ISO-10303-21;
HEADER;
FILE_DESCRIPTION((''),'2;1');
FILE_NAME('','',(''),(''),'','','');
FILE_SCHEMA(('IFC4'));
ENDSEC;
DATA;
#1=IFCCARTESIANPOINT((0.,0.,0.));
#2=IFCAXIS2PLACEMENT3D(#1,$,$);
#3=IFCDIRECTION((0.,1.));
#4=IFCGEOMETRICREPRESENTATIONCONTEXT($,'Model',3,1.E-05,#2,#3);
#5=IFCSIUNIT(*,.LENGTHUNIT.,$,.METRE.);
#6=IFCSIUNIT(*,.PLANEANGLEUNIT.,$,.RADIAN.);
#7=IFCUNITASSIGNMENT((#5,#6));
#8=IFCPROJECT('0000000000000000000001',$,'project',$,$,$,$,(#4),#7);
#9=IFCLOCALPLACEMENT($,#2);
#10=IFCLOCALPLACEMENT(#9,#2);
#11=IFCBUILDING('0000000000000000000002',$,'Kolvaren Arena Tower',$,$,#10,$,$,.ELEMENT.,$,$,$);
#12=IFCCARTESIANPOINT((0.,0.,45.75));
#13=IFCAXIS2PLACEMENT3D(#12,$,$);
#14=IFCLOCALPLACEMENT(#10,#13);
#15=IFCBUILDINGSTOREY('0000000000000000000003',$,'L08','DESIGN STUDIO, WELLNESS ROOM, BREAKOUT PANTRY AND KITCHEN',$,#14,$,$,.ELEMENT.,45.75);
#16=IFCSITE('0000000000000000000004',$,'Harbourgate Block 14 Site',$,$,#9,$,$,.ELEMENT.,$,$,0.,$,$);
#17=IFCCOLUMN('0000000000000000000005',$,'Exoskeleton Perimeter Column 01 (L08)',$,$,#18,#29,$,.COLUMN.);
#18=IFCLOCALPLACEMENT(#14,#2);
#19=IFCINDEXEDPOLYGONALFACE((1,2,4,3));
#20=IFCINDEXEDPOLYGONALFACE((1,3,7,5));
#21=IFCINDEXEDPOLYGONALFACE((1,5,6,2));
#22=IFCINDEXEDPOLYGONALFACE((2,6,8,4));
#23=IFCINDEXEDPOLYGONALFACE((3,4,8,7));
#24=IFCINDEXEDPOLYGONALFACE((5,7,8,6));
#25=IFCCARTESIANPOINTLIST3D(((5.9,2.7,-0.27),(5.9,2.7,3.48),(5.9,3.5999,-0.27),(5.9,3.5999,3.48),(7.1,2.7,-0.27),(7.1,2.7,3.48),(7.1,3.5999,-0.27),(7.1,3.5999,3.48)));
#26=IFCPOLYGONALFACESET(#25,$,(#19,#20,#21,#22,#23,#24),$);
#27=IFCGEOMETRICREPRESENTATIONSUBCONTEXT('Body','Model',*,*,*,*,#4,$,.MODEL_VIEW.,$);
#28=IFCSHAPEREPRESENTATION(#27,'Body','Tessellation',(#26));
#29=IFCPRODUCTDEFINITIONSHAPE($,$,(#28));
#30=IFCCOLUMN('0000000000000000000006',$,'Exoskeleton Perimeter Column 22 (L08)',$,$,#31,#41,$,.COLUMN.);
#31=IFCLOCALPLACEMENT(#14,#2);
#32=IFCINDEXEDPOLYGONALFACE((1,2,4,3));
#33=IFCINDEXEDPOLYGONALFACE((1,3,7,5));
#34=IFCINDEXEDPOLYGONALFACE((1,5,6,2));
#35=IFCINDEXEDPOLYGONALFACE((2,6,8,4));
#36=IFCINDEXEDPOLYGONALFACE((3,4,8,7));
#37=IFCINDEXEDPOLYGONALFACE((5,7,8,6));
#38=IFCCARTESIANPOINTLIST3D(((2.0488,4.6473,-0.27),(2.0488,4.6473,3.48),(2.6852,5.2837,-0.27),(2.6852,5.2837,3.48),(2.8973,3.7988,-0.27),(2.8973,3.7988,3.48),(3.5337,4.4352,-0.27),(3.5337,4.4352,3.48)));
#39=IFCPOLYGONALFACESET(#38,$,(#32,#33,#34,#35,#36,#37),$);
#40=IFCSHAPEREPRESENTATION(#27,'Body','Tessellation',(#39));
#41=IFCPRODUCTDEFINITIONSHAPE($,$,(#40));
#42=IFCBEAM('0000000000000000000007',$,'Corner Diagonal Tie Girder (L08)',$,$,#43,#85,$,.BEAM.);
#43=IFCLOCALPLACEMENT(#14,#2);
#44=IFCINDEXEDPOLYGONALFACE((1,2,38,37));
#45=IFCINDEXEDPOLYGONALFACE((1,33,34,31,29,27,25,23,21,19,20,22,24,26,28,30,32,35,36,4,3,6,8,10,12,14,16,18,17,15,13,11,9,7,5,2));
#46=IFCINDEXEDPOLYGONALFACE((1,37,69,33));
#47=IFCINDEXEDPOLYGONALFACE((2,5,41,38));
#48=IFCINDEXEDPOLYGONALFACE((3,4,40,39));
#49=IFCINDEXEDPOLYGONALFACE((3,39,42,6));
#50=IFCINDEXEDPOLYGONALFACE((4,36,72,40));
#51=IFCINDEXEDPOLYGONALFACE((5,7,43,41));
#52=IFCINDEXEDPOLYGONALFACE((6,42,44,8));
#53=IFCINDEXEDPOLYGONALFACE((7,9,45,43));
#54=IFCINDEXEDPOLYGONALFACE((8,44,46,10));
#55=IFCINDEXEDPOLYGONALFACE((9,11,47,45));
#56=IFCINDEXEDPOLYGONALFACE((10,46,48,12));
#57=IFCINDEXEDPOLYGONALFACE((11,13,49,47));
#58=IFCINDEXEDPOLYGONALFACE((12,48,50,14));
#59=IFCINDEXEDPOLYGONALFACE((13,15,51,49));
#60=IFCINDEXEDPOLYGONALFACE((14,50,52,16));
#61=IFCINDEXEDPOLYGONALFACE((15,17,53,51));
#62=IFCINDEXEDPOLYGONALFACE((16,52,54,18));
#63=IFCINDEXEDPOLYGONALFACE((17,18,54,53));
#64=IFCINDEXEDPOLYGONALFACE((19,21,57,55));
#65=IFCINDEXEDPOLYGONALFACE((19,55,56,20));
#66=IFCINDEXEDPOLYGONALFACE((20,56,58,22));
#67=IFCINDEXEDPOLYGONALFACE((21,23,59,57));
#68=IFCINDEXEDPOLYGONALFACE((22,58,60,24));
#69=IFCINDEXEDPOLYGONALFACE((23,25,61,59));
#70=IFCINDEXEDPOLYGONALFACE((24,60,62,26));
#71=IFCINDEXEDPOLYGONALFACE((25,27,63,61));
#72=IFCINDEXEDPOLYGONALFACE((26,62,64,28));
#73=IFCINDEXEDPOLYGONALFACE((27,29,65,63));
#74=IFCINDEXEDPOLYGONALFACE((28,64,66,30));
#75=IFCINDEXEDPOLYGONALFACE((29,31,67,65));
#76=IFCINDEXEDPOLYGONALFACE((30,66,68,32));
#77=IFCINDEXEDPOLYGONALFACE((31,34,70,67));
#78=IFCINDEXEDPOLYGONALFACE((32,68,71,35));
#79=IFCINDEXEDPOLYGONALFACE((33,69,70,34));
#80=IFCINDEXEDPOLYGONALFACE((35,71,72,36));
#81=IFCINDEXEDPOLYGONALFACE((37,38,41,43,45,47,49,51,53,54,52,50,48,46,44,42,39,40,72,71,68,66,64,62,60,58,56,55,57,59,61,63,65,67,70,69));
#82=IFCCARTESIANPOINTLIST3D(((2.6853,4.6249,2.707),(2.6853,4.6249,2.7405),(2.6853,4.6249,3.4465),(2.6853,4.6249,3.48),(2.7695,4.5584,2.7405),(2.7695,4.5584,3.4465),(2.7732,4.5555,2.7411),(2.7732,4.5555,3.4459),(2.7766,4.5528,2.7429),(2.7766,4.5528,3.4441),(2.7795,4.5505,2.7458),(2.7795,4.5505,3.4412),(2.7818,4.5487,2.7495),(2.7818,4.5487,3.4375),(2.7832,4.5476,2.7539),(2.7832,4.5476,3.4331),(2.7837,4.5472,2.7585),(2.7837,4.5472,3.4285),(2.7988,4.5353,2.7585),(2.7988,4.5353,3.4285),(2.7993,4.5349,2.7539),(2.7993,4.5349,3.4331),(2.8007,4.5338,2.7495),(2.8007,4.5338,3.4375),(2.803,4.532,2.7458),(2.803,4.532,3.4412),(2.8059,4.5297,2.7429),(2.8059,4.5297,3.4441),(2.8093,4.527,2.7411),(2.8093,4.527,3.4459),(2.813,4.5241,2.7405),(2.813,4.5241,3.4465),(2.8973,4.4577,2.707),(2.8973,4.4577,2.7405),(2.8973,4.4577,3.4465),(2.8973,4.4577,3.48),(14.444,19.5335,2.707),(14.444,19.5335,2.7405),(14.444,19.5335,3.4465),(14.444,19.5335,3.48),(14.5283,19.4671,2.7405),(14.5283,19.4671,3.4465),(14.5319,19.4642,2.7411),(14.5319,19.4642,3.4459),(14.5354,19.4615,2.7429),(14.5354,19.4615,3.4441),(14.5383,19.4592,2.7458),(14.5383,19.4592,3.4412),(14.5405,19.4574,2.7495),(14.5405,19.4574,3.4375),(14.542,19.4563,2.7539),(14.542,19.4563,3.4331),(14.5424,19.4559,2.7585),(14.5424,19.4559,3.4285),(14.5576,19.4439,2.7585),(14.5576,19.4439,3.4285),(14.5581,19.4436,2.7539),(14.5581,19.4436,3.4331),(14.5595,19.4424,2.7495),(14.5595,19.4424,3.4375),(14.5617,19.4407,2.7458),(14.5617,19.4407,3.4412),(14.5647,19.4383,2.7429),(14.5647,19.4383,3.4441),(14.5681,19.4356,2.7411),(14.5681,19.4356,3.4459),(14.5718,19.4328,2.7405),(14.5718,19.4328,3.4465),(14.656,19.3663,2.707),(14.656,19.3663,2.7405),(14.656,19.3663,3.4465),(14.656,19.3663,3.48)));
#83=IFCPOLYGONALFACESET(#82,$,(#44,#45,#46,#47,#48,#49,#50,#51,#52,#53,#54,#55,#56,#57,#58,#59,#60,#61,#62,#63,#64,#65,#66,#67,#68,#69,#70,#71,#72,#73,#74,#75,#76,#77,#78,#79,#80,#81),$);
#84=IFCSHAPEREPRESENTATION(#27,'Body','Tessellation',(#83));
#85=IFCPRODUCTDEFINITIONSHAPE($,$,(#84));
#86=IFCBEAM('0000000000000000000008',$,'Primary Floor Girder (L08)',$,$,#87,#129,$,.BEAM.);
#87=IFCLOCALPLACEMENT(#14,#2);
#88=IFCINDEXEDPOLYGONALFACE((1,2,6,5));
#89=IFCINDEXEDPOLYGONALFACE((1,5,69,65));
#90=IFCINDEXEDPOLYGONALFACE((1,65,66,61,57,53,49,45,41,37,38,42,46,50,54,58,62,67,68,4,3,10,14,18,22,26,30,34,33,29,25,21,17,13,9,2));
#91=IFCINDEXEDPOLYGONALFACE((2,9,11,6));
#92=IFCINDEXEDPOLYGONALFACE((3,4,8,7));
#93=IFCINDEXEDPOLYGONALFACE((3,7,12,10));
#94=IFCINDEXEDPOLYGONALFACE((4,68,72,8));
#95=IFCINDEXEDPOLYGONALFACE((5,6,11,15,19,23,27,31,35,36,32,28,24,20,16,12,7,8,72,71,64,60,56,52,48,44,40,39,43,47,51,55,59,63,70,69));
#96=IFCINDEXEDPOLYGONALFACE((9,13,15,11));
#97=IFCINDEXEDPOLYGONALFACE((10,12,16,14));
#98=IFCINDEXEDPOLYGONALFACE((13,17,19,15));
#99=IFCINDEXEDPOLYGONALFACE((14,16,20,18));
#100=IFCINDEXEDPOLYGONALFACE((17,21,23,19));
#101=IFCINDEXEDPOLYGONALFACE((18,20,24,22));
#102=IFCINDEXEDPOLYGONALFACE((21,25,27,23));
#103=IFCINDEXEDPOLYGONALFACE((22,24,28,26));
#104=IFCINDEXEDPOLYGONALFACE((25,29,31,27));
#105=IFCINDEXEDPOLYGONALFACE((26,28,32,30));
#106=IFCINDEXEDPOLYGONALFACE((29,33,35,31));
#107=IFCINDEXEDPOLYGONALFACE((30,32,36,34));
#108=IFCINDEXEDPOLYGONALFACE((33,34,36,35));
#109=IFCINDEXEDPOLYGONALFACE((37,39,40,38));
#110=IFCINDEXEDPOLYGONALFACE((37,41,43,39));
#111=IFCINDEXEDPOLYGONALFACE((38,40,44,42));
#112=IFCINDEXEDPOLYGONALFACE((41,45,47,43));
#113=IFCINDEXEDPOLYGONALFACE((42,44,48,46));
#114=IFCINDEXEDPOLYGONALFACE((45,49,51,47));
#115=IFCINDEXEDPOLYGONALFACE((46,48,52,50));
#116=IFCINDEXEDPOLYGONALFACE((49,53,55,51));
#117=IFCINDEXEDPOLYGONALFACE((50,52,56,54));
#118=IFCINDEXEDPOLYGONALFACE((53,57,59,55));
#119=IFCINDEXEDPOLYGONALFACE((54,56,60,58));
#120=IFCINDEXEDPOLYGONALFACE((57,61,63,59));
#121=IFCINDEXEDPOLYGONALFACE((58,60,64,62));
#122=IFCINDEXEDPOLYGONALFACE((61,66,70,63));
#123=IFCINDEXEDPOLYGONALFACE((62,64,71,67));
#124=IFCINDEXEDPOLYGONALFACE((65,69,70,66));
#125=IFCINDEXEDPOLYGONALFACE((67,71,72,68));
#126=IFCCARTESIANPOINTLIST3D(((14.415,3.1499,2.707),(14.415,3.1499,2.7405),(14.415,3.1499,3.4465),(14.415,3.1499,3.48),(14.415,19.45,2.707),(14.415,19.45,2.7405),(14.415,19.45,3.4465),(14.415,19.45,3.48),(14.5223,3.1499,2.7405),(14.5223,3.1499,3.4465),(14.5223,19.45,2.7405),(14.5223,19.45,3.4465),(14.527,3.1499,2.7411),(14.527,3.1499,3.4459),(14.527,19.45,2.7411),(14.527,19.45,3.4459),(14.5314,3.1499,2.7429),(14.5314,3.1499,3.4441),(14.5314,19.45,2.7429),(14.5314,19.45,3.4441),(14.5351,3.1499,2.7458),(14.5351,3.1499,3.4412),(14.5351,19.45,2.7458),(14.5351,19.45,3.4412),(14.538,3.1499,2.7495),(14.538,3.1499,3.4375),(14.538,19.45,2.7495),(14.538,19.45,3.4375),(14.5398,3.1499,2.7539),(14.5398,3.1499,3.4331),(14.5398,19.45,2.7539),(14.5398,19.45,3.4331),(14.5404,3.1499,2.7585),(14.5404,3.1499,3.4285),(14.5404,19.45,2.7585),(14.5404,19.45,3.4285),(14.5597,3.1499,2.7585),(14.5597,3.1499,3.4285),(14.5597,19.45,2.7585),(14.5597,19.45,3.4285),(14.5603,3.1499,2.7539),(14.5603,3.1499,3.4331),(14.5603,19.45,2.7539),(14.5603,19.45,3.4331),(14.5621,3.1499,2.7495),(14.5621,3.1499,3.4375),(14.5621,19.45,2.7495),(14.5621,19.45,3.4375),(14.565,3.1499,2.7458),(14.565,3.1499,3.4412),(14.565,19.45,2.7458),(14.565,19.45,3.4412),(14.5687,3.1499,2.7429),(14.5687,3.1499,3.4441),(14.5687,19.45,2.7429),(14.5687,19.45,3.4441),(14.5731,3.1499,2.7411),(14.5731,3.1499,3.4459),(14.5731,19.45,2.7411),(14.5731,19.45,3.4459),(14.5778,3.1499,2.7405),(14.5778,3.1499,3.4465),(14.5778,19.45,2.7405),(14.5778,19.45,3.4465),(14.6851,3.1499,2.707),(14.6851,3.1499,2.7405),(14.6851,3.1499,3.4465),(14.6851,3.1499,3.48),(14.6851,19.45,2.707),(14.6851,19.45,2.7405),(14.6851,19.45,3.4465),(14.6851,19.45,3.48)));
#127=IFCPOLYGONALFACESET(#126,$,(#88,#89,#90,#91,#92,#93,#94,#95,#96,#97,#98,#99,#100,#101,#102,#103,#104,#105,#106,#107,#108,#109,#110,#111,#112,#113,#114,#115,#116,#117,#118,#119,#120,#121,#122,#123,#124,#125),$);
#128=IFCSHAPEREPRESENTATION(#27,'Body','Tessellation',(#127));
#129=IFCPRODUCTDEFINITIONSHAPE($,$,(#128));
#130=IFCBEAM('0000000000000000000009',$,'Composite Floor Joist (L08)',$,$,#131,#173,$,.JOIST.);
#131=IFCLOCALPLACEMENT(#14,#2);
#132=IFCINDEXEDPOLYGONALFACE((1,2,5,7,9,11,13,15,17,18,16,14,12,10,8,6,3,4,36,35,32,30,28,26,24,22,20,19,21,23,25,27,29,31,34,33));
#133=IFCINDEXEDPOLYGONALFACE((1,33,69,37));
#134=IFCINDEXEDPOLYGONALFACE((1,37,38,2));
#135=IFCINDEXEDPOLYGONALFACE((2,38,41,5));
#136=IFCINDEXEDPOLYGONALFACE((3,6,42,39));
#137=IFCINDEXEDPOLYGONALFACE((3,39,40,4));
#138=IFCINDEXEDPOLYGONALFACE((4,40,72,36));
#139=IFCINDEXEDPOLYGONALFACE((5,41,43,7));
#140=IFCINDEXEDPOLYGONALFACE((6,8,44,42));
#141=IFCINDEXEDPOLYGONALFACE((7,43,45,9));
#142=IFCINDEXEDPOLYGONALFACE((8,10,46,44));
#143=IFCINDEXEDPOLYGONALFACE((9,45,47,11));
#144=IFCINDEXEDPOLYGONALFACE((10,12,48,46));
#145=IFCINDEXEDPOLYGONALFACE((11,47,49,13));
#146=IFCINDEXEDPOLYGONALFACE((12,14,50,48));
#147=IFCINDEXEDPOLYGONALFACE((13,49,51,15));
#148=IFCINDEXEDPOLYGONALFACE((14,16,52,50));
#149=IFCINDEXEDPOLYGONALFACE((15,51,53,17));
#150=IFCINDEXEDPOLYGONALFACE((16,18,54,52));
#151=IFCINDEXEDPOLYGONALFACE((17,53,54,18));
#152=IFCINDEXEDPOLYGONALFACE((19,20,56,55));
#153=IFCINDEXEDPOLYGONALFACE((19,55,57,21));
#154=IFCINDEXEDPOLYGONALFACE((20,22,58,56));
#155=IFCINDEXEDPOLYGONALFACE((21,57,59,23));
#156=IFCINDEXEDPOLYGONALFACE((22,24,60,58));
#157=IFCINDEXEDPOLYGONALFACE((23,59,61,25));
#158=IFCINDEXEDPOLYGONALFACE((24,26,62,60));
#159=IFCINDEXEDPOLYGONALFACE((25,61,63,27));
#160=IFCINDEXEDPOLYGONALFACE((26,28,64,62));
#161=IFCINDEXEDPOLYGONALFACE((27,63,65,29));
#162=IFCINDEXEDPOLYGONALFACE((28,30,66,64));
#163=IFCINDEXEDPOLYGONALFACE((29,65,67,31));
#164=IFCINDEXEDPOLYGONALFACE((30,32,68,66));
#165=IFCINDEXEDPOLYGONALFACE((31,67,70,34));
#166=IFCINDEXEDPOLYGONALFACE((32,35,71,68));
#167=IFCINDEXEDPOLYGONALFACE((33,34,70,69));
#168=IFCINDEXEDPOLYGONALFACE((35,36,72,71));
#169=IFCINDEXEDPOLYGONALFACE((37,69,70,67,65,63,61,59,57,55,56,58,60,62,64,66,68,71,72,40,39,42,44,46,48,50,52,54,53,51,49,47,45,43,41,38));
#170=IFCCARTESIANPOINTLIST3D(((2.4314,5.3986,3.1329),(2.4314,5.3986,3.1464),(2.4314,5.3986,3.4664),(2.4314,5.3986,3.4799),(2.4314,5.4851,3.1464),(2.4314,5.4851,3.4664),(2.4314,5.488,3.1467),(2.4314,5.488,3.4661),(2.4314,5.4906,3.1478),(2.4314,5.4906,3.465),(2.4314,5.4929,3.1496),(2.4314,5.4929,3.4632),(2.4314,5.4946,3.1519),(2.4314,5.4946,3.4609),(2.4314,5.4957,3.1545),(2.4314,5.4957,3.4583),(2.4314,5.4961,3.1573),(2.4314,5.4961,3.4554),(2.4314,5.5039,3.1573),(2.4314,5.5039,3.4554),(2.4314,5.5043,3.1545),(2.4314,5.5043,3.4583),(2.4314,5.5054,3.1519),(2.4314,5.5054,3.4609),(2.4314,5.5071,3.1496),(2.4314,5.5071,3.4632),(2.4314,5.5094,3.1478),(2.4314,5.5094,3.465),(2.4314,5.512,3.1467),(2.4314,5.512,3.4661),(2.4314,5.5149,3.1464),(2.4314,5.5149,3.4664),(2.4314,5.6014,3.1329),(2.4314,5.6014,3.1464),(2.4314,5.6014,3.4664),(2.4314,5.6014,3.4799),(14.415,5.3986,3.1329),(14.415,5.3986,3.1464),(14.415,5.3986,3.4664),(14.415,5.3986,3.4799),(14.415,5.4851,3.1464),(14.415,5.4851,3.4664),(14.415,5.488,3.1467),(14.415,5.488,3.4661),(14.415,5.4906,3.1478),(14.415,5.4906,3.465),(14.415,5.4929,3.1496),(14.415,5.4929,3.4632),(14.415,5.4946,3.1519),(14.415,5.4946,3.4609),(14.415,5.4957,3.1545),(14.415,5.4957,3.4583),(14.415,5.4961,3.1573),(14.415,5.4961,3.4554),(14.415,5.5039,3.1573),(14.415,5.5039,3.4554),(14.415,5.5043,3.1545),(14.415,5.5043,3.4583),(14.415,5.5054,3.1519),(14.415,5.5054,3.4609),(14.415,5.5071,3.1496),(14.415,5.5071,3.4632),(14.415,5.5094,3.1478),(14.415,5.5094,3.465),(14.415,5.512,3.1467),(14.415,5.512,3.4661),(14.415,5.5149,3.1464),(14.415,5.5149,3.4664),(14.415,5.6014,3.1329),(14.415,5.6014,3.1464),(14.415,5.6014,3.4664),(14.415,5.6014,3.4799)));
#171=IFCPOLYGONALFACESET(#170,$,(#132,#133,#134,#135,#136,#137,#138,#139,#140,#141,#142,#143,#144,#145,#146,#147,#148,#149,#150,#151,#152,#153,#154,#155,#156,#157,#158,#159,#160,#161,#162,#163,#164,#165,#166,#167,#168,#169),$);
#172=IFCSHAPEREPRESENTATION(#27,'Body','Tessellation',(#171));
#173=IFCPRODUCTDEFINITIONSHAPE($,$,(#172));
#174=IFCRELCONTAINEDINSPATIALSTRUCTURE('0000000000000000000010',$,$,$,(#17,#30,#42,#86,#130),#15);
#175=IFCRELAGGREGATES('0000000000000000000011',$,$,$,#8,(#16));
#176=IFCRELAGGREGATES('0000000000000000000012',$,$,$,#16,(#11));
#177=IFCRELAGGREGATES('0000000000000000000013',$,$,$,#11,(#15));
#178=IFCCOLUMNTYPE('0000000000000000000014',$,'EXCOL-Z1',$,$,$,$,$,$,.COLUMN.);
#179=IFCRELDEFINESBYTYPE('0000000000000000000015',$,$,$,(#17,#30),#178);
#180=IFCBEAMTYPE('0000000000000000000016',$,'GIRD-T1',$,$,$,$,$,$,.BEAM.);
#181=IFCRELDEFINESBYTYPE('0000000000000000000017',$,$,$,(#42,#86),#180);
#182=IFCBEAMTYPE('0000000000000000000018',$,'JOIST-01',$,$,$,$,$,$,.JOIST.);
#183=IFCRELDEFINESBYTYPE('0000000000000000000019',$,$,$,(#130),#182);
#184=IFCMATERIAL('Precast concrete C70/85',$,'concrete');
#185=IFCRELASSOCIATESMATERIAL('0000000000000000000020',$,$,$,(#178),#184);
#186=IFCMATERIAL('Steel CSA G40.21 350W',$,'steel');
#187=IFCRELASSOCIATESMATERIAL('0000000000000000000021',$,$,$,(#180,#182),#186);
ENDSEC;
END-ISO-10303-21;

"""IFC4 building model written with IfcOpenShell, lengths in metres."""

from ifc_helpers import new_model, si_unit, direction, frame, origin, origin_2d, place, context, subcontext, project, spatial, rectangle, i_section, extrude, material, material_profile, profile_set, type_object, element, save


model = new_model("IFC4")

# Units and contexts
model_context = context("Model", 3, precision=1e-05, world=origin(), true_north=direction((0.0, 1.0)))
body_context = subcontext(model_context, "Body", "Model", "MODEL_VIEW")
ifc_project = project(units=[si_unit("LENGTHUNIT", "METRE"), si_unit("PLANEANGLEUNIT", "RADIAN")], contexts=[model_context])

# Site, building, storey
site_placement = place(None, origin())
site = spatial("IfcSite", under=ifc_project, at=site_placement, Name="Harbourgate Block 14 Site", CompositionType="ELEMENT", RefElevation=0.0)
building_placement = place(site_placement, origin())
building = spatial("IfcBuilding", under=site, at=building_placement, Name="Kolvaren Arena Tower", CompositionType="ELEMENT")
storey_placement = place(building_placement, frame((0.0, 0.0, 45.75)))
storey = spatial("IfcBuildingStorey", under=building, at=storey_placement, Name="L08", Description="DESIGN STUDIO, WELLNESS ROOM, BREAKOUT PANTRY AND KITCHEN", CompositionType="ELEMENT", Elevation=45.75)

# Columns
ifc_material_1 = material(Name="Precast concrete C70/85", Category="concrete")
ifc_material_profile_1 = material_profile(ifc_material_1, rectangle(XDim=1.2, YDim=0.8999, at=origin_2d()), Name="RC-1200x900")
ifc_profile_set_1 = profile_set([ifc_material_profile_1], Name="Precast concrete C70/85")
column_type = type_object("IfcColumnType", Name="EXCOL-Z1", PredefinedType="COLUMN", material=ifc_profile_set_1)
for number, where, z_axis, x_axis, name in (
    (1, (6.5, 3.1499, -0.27), (0.0, 0.0, 1.0), (1.0, 0.0, 0.0), "Exoskeleton Perimeter Column 01 (L08)"),
    (2, (2.7913, 4.5413, -0.27), (0.0, 0.0, 1.0), (-0.707107, 0.707107, 0.0), "Exoskeleton Perimeter Column 22 (L08)"),
):
    element("IfcColumn", number, at=place(storey_placement, frame(where, z_axis=z_axis, x_axis=x_axis)), inside=storey, type_object=column_type, Name=name, PredefinedType="COLUMN", context=body_context, shape_type="SweptSolid", body=[
        extrude(rectangle(XDim=1.2, YDim=0.8999, at=origin_2d()), origin(), (0.0, 0.0, 1.0), 3.75),
    ])

# Beams
ifc_material_2 = material(Name="Steel CSA G40.21 350W", Category="steel")
ifc_material_profile_2 = material_profile(ifc_material_2, i_section(OverallWidth=0.27, OverallDepth=0.7729, WebThickness=0.0193, FlangeThickness=0.0334, FilletRadius=0.0181, at=origin_2d()), Name="W760x257")
ifc_profile_set_2 = profile_set([ifc_material_profile_2], Name="Steel CSA G40.21 350W")
beam_type_1 = type_object("IfcBeamType", Name="GIRD-T1", PredefinedType="BEAM", material=ifc_profile_set_2)
beam_1_placement = place(storey_placement, frame((2.7913, 4.5413, 3.0935), z_axis=(0.61928, 0.78517, 0.0), x_axis=(-0.78517, 0.61928, 0.0)))
element("IfcBeam", 3, at=beam_1_placement, inside=storey, type_object=beam_type_1, Name="Corner Diagonal Tie Girder (L08)", PredefinedType="BEAM", context=body_context, shape_type="SweptSolid", body=[
    extrude(i_section(OverallWidth=0.27, OverallDepth=0.7729, WebThickness=0.0193, FlangeThickness=0.0334, FilletRadius=0.0181, at=origin_2d()), origin(), (0.0, 0.0, 1.0), 18.9878),
])
beam_2_placement = place(storey_placement, frame((14.55, 3.1499, 3.0935), z_axis=(0.0, 1.0, 0.0), x_axis=(-1.0, 0.0, 0.0)))
element("IfcBeam", 4, at=beam_2_placement, inside=storey, type_object=beam_type_1, Name="Primary Floor Girder (L08)", PredefinedType="BEAM", context=body_context, shape_type="SweptSolid", body=[
    extrude(i_section(OverallWidth=0.27, OverallDepth=0.7729, WebThickness=0.0193, FlangeThickness=0.0334, FilletRadius=0.0181, at=origin_2d()), origin(), (0.0, 0.0, 1.0), 16.3),
])
ifc_material_profile_3 = material_profile(ifc_material_2, i_section(OverallWidth=0.2029, OverallDepth=0.3469, WebThickness=0.0078, FlangeThickness=0.0134, FilletRadius=0.011, at=origin_2d()), Name="W360x64")
ifc_profile_set_3 = profile_set([ifc_material_profile_3], Name="Steel CSA G40.21 350W")
beam_type_2 = type_object("IfcBeamType", Name="JOIST-01", PredefinedType="JOIST", material=ifc_profile_set_3)
beam_3_placement = place(storey_placement, frame((2.4314, 5.5, 3.3064), z_axis=(1.0, 0.0, 0.0), x_axis=(0.0, 1.0, 0.0)))
element("IfcBeam", 5, at=beam_3_placement, inside=storey, type_object=beam_type_2, Name="Composite Floor Joist (L08)", PredefinedType="JOIST", context=body_context, shape_type="SweptSolid", body=[
    extrude(i_section(OverallWidth=0.2029, OverallDepth=0.3469, WebThickness=0.0078, FlangeThickness=0.0134, FilletRadius=0.011, at=origin_2d()), origin(), (0.0, 0.0, 1.0), 11.9836),
])

save(model, "model.ifc")
